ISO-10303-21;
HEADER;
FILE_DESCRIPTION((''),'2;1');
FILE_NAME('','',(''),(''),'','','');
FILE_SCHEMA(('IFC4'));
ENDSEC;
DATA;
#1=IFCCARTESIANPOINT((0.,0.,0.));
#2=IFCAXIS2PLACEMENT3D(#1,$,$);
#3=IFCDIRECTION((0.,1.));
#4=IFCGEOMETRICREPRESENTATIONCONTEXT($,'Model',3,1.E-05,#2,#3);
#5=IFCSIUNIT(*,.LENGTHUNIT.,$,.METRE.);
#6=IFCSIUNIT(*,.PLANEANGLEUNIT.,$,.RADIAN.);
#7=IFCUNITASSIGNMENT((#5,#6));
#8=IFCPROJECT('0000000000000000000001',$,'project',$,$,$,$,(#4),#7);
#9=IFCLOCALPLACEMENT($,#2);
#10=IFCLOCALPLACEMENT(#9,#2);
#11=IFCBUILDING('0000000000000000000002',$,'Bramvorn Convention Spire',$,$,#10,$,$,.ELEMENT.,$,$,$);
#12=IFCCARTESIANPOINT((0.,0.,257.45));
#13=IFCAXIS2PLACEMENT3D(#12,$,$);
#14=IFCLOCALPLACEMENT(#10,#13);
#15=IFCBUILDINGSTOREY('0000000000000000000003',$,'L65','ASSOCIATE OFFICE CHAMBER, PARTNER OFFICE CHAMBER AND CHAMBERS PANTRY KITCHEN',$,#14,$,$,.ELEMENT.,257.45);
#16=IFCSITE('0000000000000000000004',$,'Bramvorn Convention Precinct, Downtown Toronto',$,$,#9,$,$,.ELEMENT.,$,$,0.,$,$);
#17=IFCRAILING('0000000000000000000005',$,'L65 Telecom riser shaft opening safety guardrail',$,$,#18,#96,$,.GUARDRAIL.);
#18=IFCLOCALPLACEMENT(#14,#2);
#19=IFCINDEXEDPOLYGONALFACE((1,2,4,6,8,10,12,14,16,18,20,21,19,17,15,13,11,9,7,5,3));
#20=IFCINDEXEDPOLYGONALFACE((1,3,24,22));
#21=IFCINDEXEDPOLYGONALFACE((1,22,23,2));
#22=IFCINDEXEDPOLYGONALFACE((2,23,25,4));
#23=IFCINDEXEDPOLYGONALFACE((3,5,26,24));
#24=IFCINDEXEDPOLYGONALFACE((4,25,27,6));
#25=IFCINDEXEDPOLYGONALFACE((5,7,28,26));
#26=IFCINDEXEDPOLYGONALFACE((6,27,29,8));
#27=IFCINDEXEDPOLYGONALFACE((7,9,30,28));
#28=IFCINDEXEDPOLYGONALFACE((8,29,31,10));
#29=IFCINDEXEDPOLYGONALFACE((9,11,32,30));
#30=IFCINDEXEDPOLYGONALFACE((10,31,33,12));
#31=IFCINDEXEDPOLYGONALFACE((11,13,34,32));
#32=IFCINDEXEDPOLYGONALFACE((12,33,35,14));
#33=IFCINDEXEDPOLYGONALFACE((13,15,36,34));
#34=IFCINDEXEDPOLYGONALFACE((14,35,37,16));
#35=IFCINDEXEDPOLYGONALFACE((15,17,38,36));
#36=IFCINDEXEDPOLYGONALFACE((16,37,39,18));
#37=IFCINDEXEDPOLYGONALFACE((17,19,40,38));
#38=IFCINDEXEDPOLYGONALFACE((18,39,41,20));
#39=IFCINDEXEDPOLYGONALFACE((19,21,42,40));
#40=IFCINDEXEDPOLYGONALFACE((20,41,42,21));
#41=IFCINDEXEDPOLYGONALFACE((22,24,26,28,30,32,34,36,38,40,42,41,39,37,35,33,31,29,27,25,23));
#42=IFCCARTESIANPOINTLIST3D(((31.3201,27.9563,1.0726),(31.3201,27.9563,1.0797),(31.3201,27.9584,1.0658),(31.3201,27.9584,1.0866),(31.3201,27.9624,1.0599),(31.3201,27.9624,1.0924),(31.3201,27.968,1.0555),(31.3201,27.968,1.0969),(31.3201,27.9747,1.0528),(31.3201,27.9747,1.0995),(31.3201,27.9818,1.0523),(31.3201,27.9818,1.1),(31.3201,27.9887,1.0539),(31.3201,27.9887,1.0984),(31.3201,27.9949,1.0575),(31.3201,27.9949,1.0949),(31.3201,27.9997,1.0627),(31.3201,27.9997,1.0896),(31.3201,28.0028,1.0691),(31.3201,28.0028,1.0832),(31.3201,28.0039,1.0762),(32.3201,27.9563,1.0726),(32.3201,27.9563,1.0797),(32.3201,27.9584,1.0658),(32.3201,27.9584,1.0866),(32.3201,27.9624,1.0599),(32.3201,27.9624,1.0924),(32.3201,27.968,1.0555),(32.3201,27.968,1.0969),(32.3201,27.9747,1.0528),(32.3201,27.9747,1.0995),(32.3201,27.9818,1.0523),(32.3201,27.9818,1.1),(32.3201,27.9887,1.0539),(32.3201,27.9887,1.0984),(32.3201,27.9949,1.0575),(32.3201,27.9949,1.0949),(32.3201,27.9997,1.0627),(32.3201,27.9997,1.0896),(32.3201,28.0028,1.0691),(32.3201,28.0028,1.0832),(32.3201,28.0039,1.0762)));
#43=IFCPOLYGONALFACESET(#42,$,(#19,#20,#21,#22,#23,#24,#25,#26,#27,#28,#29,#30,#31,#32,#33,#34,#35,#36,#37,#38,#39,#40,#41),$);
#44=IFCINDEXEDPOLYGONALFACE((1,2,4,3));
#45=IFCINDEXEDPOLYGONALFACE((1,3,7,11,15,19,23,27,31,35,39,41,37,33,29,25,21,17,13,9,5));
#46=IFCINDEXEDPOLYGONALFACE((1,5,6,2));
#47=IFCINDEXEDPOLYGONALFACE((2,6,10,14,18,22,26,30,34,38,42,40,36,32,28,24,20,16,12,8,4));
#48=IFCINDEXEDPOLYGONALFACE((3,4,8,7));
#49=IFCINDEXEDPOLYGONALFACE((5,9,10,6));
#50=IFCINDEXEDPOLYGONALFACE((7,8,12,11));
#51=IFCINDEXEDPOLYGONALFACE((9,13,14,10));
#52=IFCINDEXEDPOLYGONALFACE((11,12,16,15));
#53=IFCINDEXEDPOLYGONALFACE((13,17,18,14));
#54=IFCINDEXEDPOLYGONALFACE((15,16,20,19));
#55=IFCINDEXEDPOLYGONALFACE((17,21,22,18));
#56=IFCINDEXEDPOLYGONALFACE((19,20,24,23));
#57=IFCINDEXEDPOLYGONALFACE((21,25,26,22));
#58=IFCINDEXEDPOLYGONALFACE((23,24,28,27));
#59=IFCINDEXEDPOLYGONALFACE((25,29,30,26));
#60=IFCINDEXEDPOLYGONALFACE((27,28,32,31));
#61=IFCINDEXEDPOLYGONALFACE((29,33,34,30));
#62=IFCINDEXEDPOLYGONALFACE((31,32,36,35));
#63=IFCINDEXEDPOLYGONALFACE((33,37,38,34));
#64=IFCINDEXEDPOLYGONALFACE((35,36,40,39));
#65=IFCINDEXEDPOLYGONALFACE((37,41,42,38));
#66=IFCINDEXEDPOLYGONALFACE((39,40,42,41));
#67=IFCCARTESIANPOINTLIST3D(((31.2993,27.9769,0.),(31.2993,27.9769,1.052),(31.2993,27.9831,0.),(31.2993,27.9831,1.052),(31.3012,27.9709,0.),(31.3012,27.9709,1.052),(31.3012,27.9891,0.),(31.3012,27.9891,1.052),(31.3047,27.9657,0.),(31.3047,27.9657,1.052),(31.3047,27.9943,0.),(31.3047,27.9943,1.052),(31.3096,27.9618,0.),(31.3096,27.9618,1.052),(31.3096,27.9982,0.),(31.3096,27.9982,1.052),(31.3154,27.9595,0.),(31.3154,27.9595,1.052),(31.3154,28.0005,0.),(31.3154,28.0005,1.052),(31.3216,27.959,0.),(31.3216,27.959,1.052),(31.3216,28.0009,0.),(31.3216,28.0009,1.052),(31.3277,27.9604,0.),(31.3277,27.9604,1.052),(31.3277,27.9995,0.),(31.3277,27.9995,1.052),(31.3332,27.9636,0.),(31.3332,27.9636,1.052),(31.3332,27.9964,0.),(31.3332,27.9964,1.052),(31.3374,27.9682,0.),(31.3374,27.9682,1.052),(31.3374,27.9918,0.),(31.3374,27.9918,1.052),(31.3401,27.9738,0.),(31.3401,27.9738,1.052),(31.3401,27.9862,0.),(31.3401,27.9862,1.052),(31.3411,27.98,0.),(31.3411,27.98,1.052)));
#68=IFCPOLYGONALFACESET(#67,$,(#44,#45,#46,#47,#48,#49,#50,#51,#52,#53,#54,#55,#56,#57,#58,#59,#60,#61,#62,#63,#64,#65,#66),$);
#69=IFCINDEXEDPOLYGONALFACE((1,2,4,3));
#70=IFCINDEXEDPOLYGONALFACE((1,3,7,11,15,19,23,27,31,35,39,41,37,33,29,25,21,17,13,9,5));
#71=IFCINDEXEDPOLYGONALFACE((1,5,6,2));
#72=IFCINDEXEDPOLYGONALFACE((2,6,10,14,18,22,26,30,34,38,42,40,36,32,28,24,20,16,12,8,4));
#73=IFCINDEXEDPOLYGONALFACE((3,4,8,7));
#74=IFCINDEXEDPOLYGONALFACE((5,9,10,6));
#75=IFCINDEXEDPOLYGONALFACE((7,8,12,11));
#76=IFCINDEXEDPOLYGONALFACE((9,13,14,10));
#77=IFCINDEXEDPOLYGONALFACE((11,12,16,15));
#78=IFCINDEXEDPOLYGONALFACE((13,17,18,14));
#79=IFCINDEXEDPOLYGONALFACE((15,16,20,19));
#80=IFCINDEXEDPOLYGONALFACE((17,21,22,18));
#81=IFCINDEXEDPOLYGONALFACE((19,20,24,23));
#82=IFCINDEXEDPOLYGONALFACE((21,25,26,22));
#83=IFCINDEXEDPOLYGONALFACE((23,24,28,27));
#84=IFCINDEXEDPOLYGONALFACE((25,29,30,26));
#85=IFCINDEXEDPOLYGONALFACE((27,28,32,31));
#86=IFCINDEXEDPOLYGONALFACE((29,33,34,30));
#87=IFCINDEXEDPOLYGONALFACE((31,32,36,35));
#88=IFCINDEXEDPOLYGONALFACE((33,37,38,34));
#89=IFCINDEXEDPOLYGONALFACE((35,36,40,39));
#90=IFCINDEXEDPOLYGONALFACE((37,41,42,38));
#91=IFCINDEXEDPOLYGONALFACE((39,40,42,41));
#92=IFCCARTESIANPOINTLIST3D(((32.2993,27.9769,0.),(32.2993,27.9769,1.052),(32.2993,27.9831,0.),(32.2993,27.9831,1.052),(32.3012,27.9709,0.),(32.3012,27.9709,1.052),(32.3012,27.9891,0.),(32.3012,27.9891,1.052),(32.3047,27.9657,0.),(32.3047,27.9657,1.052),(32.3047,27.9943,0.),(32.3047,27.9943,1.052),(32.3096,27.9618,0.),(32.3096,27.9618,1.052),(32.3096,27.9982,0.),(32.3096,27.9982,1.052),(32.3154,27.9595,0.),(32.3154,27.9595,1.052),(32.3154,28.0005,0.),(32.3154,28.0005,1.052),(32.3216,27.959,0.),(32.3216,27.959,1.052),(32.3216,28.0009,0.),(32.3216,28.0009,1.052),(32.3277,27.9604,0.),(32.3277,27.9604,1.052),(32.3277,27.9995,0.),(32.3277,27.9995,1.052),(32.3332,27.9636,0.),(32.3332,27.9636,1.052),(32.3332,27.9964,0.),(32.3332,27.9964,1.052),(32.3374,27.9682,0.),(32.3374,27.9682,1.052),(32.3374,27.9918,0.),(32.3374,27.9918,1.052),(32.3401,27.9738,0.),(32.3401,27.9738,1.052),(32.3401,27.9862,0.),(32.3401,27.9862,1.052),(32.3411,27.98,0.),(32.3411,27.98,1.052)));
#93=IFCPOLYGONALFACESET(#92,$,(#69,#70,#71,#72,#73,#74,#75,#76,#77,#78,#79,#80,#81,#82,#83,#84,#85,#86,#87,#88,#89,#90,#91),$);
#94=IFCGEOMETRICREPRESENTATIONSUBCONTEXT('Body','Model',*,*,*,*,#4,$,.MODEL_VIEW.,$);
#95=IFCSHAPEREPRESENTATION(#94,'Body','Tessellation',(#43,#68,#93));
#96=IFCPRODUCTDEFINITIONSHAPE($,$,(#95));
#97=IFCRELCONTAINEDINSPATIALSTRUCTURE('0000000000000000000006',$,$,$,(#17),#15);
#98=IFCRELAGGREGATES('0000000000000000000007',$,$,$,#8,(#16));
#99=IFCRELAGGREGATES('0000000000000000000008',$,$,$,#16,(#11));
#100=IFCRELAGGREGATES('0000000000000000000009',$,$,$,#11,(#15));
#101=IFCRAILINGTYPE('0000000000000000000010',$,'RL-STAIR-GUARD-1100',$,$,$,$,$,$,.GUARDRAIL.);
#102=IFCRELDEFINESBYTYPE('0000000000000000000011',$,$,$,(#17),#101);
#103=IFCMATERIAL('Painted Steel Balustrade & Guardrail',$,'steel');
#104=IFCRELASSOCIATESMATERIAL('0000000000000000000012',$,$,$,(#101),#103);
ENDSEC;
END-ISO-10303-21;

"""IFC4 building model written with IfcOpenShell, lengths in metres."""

from ifc_helpers import new_model, si_unit, direction, frame, origin, origin_2d, place, context, subcontext, project, spatial, circle, extrude, material, type_object, element, save


model = new_model("IFC4")

# Units and contexts
model_context = context("Model", 3, precision=1e-05, world=origin(), true_north=direction((0.0, 1.0)))
body_context = subcontext(model_context, "Body", "Model", "MODEL_VIEW")
ifc_project = project(units=[si_unit("LENGTHUNIT", "METRE"), si_unit("PLANEANGLEUNIT", "RADIAN")], contexts=[model_context])

# Site, building, storey
site_placement = place(None, origin())
site = spatial("IfcSite", under=ifc_project, at=site_placement, Name="Bramvorn Convention Precinct, Downtown Toronto", CompositionType="ELEMENT", RefElevation=0.0)
building_placement = place(site_placement, origin())
building = spatial("IfcBuilding", under=site, at=building_placement, Name="Bramvorn Convention Spire", CompositionType="ELEMENT")
storey_placement = place(building_placement, frame((0.0, 0.0, 257.45)))
storey = spatial("IfcBuildingStorey", under=building, at=storey_placement, Name="L65", Description="ASSOCIATE OFFICE CHAMBER, PARTNER OFFICE CHAMBER AND CHAMBERS PANTRY KITCHEN", CompositionType="ELEMENT", Elevation=257.45)

# Railing
ifc_material_1 = material(Name="Painted Steel Balustrade & Guardrail", Category="steel")
railing_type = type_object("IfcRailingType", Name="RL-STAIR-GUARD-1100", PredefinedType="GUARDRAIL", material=ifc_material_1)
railing_1_placement = place(storey_placement, frame((31.3201, 27.98, 0.0)))
element("IfcRailing", 1, at=railing_1_placement, inside=storey, type_object=railing_type, Name="L65 Telecom riser shaft opening safety guardrail", PredefinedType="GUARDRAIL", context=body_context, shape_type="SweptSolid", body=[
    extrude(circle(Radius=0.0239, at=origin_2d()), frame((0.0, 0.0, 1.0762), z_axis=(1.0, 0.0, 0.0), x_axis=(0.0, 1.0, 0.0)), (0.0, 0.0, 1.0), 1.0),
    extrude(circle(Radius=0.021, at=origin_2d()), origin(), (0.0, 0.0, 1.0), 1.052),
    extrude(circle(Radius=0.021, at=origin_2d()), frame((1.0, 0.0, 0.0)), (0.0, 0.0, 1.0), 1.052),
])

save(model, "model.ifc")
